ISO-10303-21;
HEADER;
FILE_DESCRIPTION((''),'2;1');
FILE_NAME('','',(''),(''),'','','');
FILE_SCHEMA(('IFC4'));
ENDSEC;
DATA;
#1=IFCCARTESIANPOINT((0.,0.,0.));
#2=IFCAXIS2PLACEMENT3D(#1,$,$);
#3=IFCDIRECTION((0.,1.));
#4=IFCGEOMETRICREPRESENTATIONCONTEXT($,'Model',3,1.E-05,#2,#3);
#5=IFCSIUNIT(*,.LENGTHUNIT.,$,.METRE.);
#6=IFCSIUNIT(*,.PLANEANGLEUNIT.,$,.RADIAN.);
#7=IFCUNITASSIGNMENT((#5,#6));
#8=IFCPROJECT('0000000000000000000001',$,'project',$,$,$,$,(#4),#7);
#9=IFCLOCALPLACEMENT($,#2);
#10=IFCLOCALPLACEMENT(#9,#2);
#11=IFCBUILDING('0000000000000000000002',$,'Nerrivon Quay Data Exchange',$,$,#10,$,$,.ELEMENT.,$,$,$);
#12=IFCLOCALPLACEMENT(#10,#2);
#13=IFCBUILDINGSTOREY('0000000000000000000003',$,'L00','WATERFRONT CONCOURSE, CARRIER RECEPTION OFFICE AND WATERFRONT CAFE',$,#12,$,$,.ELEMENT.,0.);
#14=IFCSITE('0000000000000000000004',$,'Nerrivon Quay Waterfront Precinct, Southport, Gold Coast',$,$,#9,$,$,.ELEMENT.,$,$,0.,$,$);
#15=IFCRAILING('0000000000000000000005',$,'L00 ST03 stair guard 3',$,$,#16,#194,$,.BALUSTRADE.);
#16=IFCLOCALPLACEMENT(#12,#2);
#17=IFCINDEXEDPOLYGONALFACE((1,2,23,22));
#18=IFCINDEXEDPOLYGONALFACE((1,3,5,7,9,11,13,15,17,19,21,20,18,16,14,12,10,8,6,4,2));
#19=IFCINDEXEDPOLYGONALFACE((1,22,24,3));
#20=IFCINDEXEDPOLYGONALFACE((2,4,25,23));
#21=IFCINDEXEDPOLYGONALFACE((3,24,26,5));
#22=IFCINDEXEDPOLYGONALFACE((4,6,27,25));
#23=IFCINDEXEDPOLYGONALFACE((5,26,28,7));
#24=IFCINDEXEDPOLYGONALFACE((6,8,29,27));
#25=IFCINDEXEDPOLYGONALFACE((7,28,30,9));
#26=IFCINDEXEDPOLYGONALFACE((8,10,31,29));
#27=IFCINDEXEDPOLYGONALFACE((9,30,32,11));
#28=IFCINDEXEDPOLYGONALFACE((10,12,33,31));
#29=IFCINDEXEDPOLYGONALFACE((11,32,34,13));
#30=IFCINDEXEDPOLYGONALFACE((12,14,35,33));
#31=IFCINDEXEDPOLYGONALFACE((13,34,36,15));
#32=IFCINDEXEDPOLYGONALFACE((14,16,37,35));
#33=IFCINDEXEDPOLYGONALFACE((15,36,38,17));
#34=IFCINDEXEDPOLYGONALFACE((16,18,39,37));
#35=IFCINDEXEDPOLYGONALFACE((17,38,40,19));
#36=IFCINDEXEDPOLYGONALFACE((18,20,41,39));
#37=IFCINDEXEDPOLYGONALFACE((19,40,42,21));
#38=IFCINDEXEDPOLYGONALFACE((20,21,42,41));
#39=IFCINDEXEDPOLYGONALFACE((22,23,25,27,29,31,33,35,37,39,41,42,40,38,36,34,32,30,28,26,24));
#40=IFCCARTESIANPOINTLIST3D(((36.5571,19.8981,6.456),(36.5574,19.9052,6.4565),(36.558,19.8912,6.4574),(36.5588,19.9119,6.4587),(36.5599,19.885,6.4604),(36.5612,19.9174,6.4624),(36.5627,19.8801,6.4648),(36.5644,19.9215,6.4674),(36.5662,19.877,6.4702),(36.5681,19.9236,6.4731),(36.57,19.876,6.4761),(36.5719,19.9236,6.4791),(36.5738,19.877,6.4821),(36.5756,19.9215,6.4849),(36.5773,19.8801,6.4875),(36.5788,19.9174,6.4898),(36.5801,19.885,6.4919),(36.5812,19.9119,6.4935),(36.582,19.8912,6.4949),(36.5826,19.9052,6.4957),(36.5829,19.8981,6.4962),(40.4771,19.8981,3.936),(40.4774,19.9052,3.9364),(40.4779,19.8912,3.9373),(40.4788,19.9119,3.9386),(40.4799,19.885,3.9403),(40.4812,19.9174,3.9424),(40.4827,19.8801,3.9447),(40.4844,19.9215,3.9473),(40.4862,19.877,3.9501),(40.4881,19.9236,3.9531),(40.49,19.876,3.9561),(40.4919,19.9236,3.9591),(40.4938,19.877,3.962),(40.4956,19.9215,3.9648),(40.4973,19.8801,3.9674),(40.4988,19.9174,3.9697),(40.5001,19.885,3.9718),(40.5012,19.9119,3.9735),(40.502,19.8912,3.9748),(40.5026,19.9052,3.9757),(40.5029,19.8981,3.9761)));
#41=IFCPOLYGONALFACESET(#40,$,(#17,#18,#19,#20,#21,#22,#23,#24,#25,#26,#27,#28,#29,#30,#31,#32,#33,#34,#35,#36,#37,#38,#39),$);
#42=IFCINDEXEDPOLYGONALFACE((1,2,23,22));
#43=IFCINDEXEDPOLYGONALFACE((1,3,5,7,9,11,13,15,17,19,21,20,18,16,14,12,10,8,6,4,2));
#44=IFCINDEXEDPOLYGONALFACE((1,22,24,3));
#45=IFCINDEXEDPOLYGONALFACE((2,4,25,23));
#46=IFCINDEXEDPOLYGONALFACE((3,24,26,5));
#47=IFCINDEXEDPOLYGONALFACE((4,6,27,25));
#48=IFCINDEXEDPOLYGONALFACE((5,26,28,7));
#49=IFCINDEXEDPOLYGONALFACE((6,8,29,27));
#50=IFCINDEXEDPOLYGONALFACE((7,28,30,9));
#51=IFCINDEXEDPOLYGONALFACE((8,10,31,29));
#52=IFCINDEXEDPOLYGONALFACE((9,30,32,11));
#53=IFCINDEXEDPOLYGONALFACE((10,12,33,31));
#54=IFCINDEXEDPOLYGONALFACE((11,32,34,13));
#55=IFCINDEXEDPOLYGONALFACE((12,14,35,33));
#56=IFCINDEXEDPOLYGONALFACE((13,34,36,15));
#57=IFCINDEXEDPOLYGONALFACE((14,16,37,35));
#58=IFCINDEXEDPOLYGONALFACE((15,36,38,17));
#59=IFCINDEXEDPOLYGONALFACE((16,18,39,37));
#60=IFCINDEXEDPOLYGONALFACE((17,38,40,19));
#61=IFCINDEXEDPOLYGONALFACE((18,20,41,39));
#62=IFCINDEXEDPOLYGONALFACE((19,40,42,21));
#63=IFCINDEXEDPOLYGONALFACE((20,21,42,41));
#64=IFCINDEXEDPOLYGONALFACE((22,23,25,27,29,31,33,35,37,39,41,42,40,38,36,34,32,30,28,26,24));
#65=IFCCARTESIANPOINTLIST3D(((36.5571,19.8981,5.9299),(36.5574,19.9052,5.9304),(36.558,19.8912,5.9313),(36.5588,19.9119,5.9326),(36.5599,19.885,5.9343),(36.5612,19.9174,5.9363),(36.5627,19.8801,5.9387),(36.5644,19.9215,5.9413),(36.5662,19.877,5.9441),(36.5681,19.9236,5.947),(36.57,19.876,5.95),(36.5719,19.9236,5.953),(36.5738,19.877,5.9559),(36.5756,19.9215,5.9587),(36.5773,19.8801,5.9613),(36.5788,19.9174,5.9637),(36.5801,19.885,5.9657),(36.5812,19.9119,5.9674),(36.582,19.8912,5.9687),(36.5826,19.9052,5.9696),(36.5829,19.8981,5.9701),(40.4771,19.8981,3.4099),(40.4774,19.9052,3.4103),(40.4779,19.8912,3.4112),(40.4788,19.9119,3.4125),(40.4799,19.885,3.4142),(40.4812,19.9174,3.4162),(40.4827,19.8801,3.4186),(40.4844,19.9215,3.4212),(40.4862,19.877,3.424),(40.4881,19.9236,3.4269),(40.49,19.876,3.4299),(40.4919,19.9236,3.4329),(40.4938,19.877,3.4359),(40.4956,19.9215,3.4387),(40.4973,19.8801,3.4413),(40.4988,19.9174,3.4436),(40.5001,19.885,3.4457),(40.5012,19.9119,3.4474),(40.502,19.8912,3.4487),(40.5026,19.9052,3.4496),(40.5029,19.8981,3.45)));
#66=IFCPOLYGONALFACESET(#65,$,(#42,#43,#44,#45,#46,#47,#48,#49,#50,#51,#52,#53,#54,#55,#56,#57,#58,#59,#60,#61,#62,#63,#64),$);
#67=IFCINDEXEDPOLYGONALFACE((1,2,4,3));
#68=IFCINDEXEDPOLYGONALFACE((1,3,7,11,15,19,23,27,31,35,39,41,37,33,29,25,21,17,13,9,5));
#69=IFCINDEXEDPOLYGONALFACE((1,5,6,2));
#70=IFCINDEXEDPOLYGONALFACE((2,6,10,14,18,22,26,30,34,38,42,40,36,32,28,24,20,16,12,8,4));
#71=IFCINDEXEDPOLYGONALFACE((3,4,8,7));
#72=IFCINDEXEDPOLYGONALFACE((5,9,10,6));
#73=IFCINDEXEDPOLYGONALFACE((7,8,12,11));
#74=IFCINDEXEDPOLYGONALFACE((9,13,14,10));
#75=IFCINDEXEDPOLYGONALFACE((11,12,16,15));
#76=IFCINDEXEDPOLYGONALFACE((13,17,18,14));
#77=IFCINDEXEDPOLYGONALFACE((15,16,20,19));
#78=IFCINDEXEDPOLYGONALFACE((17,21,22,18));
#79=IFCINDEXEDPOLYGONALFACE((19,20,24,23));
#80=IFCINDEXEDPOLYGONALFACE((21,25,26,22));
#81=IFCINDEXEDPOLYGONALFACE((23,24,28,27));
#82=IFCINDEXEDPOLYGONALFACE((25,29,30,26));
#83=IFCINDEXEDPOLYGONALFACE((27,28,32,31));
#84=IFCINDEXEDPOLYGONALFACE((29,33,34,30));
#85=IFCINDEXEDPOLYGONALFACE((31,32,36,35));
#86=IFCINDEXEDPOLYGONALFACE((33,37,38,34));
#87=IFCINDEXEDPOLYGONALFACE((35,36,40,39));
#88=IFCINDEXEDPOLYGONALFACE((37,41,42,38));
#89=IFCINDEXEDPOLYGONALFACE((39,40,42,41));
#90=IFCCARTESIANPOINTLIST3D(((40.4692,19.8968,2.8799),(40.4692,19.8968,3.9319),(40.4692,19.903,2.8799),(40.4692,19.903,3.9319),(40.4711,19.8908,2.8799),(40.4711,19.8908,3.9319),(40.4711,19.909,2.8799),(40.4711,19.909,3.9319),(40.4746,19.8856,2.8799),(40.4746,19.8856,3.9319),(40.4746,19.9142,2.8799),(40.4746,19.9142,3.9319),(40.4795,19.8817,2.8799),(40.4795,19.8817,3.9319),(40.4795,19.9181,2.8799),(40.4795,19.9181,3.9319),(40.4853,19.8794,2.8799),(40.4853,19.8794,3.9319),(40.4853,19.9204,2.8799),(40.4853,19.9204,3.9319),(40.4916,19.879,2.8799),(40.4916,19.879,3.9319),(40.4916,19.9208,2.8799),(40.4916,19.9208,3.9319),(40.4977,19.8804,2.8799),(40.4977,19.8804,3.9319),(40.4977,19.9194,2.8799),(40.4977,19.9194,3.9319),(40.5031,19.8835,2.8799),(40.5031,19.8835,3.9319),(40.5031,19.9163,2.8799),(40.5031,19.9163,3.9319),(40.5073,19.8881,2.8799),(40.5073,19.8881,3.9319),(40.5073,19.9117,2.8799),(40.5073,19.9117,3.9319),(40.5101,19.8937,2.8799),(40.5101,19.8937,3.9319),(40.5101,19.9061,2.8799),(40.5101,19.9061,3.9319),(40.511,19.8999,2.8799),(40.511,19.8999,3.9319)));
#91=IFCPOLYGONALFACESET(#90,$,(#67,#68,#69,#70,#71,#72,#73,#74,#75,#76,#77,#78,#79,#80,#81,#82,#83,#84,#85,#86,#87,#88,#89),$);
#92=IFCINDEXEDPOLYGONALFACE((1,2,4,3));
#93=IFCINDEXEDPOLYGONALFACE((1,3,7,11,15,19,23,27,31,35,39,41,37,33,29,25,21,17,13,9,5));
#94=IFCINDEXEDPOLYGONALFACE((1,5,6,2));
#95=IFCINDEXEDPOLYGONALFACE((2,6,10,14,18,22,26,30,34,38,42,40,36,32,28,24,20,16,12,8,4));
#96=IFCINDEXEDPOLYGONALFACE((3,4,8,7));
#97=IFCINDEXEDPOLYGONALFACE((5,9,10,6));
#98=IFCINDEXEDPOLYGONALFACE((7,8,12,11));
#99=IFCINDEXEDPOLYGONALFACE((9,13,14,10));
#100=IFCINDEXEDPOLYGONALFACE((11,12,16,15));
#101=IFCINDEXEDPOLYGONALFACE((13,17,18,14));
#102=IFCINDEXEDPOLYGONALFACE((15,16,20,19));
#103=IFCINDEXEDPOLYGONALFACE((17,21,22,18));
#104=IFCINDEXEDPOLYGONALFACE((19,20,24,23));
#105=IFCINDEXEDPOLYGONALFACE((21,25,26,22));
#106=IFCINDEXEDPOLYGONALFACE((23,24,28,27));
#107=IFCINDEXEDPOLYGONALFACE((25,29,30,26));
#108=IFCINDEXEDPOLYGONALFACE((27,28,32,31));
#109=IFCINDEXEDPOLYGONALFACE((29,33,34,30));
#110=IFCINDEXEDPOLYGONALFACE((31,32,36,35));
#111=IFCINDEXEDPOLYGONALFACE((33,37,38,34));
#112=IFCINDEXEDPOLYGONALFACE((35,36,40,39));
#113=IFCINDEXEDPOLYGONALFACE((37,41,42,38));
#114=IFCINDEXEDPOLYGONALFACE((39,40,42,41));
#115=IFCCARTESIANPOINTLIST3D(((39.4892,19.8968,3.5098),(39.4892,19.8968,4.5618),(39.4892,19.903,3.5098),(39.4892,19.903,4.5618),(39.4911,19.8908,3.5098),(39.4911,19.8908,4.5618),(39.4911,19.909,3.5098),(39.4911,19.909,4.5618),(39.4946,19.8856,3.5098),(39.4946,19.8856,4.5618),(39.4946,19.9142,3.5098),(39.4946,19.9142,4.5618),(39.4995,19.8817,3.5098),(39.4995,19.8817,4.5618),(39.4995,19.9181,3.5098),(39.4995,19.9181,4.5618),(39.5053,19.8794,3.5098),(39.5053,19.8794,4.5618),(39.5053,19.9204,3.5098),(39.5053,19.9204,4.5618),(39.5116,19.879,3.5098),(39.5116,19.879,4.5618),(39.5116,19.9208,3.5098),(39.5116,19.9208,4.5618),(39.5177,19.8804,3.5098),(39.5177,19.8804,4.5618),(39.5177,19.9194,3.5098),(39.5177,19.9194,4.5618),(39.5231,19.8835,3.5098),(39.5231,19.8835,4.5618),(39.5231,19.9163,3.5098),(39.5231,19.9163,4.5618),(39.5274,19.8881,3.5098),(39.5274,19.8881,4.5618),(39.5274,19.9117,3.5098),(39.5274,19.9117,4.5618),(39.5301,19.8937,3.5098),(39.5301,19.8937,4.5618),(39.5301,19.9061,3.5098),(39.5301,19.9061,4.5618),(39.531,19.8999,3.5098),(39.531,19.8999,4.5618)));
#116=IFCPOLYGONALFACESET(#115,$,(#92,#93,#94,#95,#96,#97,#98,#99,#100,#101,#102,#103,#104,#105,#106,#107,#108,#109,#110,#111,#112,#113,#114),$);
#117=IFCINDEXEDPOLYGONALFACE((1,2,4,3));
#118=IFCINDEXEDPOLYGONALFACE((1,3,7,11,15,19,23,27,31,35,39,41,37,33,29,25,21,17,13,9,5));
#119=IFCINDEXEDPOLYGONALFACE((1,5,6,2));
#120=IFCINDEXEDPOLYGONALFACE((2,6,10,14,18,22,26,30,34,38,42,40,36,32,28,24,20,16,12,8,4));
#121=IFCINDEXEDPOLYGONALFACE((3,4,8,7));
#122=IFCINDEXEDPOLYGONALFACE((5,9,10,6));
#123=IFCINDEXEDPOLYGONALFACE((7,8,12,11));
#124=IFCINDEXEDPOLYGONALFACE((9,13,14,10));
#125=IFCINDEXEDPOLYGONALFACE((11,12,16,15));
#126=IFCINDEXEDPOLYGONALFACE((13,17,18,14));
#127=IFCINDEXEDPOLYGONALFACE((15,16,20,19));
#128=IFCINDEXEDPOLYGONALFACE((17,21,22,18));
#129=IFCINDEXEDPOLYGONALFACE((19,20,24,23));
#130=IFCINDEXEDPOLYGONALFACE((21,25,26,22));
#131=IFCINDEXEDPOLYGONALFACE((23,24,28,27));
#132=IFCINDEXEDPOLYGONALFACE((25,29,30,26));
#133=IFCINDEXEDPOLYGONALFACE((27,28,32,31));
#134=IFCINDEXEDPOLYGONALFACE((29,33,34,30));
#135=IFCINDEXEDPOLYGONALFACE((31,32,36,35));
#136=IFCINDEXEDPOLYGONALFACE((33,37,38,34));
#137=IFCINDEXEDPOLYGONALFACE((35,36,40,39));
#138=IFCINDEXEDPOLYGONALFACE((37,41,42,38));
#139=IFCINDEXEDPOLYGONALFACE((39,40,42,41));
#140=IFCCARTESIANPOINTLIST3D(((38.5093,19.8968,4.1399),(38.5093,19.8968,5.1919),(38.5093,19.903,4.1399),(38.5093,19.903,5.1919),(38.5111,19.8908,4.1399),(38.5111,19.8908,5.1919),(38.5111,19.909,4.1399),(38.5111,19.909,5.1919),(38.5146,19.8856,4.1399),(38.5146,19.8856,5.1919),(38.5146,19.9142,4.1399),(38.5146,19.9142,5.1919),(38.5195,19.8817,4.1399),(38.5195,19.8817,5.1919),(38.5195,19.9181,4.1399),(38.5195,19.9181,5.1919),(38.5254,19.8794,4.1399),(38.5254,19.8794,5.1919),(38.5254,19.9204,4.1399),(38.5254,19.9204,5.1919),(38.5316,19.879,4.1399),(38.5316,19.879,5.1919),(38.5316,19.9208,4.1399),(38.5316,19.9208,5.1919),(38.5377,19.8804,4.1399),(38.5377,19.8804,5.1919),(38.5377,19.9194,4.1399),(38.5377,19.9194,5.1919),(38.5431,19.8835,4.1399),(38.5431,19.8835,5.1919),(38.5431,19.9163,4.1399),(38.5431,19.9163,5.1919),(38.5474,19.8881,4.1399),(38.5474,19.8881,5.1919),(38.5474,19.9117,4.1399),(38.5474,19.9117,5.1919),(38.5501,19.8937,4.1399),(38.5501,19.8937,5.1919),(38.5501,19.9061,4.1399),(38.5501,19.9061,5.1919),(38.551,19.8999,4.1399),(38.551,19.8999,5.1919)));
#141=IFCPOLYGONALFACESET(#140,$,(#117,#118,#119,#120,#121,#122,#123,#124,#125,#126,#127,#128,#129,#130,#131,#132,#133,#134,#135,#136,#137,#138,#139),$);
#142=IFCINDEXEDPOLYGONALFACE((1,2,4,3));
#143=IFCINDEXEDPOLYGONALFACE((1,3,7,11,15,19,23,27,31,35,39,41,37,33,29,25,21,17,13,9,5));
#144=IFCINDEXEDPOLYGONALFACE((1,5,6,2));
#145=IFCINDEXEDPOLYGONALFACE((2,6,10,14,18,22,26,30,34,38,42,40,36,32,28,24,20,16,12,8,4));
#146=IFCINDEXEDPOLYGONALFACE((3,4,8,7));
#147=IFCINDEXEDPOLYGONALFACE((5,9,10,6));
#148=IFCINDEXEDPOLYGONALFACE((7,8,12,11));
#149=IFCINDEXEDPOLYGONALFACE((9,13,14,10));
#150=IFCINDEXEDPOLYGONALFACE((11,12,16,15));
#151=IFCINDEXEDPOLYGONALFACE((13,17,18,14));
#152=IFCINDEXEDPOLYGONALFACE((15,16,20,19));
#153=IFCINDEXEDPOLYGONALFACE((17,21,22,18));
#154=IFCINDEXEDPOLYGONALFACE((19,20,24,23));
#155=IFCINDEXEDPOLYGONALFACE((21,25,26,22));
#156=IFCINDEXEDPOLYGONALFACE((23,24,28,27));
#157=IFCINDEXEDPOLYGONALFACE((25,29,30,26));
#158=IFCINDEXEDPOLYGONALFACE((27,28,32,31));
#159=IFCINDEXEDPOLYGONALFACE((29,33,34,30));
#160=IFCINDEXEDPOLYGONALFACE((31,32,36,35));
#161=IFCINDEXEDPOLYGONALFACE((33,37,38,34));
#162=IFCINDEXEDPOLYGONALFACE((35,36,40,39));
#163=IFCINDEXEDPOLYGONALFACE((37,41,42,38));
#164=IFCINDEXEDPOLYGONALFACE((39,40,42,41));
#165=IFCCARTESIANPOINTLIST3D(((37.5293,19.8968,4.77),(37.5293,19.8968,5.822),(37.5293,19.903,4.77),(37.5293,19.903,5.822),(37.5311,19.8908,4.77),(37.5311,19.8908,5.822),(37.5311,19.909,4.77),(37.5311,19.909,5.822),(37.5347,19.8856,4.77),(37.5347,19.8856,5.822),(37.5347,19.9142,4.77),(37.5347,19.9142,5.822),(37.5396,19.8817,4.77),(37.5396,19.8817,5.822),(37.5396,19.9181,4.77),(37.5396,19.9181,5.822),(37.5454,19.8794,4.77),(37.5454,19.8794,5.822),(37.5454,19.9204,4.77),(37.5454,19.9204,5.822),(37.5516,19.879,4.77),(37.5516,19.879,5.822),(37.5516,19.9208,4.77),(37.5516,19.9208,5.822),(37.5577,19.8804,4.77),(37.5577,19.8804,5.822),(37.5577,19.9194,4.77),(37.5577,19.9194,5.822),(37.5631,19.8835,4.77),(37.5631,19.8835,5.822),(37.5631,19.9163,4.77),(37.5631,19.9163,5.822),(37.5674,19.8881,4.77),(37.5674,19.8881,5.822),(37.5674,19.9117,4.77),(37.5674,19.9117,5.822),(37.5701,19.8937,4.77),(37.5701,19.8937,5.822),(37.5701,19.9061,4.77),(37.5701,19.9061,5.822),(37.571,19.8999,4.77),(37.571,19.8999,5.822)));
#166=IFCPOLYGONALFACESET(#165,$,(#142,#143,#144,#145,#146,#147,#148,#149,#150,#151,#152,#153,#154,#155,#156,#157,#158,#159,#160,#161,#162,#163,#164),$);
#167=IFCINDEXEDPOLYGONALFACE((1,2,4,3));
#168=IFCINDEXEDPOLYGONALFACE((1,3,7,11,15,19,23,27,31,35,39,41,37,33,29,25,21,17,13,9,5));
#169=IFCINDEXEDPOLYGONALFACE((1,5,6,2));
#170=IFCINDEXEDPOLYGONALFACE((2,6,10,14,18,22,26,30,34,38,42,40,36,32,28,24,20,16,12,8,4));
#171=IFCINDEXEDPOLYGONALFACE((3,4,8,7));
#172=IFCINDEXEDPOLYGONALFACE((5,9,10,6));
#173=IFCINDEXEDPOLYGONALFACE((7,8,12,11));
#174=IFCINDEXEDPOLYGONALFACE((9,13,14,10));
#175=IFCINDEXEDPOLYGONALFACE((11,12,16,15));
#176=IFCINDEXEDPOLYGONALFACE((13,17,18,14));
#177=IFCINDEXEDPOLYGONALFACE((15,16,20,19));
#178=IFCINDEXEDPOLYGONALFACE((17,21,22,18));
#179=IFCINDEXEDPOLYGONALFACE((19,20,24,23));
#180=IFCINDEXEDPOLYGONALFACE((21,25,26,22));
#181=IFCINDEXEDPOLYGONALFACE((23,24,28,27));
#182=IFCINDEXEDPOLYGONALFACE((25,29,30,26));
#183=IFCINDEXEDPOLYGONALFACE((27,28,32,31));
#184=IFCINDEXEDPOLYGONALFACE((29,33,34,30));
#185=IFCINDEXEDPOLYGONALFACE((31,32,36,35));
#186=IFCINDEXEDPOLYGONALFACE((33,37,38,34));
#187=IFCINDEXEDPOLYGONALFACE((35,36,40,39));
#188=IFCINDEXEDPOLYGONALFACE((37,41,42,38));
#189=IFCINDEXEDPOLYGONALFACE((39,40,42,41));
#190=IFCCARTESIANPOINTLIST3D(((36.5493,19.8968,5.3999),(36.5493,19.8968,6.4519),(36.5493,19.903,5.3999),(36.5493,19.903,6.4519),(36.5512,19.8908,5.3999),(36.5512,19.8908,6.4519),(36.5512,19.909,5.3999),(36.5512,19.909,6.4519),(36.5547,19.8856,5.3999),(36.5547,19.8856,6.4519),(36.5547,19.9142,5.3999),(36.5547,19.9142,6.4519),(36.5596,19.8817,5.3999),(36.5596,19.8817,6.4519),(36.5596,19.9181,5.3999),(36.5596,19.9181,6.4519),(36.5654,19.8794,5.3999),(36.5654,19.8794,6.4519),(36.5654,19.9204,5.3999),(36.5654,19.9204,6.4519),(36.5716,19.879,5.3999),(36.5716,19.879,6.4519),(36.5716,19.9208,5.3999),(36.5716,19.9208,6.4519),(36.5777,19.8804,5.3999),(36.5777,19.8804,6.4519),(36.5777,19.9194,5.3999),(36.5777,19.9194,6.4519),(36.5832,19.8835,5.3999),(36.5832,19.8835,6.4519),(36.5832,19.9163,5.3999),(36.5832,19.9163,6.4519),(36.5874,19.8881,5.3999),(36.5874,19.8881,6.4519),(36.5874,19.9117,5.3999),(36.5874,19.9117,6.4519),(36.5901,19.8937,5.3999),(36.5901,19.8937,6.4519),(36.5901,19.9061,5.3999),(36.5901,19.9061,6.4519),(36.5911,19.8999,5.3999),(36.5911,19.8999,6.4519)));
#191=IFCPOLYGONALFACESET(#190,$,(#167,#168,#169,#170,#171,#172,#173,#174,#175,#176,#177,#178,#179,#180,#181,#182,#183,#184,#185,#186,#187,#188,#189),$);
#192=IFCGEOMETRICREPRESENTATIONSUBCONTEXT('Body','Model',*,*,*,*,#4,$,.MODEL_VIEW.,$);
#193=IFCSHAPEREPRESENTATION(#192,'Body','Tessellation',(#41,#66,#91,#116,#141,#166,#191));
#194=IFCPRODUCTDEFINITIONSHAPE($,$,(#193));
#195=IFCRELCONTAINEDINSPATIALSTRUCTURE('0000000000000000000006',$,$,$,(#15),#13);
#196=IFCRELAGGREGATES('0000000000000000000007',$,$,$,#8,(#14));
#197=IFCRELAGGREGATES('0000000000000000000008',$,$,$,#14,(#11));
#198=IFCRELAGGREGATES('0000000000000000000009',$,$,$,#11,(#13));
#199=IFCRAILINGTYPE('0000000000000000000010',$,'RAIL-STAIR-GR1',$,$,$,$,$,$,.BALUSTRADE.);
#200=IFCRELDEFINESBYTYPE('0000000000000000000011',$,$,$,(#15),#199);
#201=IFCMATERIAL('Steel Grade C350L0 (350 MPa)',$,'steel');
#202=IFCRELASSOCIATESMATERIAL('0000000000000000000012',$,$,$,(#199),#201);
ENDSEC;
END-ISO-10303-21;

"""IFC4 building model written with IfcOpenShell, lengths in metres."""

from ifc_helpers import new_model, si_unit, direction, frame, origin, origin_2d, place, context, subcontext, project, spatial, circle, extrude, material, type_object, element, save


model = new_model("IFC4")

# Units and contexts
model_context = context("Model", 3, precision=1e-05, world=origin(), true_north=direction((0.0, 1.0)))
body_context = subcontext(model_context, "Body", "Model", "MODEL_VIEW")
ifc_project = project(units=[si_unit("LENGTHUNIT", "METRE"), si_unit("PLANEANGLEUNIT", "RADIAN")], contexts=[model_context])

# Site, building, storey
site_placement = place(None, origin())
site = spatial("IfcSite", under=ifc_project, at=site_placement, Name="Nerrivon Quay Waterfront Precinct, Southport, Gold Coast", CompositionType="ELEMENT", RefElevation=0.0)
building_placement = place(site_placement, origin())
building = spatial("IfcBuilding", under=site, at=building_placement, Name="Nerrivon Quay Data Exchange", CompositionType="ELEMENT")
storey_placement = place(building_placement, origin())
storey = spatial("IfcBuildingStorey", under=building, at=storey_placement, Name="L00", Description="WATERFRONT CONCOURSE, CARRIER RECEPTION OFFICE AND WATERFRONT CAFE", CompositionType="ELEMENT", Elevation=0.0)

# Railing
ifc_material_1 = material(Name="Steel Grade C350L0 (350 MPa)", Category="steel")
railing_type_1 = type_object("IfcRailingType", Name="RAIL-STAIR-GR1", PredefinedType="BALUSTRADE", material=ifc_material_1)
railing_1_placement = place(storey_placement, frame((40.49, 19.8999, 2.8799)))
element("IfcRailing", 1, at=railing_1_placement, inside=storey, type_object=railing_type_1, Name="L00 ST03 stair guard 3", PredefinedType="BALUSTRADE", context=body_context, shape_type="SweptSolid", body=[
    extrude(circle(Radius=0.0239, at=origin_2d()), frame((0.0, 0.0, 1.0762), z_axis=(-0.841172, 0.0, 0.540768), x_axis=(0.0, -1.0, 0.0)), (0.0, 0.0, 1.0), 4.6602),
    extrude(circle(Radius=0.0239, at=origin_2d()), frame((0.0, 0.0, 0.55), z_axis=(-0.841172, 0.0, 0.540768), x_axis=(0.0, -1.0, 0.0)), (0.0, 0.0, 1.0), 4.6602),
    extrude(circle(Radius=0.021, at=origin_2d()), origin(), (0.0, 0.0, 1.0), 1.052),
    extrude(circle(Radius=0.021, at=origin_2d()), frame((-0.98, 0.0, 0.6299)), (0.0, 0.0, 1.0), 1.052),
    extrude(circle(Radius=0.021, at=origin_2d()), frame((-1.96, 0.0, 1.26)), (0.0, 0.0, 1.0), 1.052),
    extrude(circle(Radius=0.021, at=origin_2d()), frame((-2.9399, 0.0, 1.8901)), (0.0, 0.0, 1.0), 1.052),
    extrude(circle(Radius=0.021, at=origin_2d()), frame((-3.9199, 0.0, 2.52)), (0.0, 0.0, 1.0), 1.052),
])

save(model, "model.ifc")
